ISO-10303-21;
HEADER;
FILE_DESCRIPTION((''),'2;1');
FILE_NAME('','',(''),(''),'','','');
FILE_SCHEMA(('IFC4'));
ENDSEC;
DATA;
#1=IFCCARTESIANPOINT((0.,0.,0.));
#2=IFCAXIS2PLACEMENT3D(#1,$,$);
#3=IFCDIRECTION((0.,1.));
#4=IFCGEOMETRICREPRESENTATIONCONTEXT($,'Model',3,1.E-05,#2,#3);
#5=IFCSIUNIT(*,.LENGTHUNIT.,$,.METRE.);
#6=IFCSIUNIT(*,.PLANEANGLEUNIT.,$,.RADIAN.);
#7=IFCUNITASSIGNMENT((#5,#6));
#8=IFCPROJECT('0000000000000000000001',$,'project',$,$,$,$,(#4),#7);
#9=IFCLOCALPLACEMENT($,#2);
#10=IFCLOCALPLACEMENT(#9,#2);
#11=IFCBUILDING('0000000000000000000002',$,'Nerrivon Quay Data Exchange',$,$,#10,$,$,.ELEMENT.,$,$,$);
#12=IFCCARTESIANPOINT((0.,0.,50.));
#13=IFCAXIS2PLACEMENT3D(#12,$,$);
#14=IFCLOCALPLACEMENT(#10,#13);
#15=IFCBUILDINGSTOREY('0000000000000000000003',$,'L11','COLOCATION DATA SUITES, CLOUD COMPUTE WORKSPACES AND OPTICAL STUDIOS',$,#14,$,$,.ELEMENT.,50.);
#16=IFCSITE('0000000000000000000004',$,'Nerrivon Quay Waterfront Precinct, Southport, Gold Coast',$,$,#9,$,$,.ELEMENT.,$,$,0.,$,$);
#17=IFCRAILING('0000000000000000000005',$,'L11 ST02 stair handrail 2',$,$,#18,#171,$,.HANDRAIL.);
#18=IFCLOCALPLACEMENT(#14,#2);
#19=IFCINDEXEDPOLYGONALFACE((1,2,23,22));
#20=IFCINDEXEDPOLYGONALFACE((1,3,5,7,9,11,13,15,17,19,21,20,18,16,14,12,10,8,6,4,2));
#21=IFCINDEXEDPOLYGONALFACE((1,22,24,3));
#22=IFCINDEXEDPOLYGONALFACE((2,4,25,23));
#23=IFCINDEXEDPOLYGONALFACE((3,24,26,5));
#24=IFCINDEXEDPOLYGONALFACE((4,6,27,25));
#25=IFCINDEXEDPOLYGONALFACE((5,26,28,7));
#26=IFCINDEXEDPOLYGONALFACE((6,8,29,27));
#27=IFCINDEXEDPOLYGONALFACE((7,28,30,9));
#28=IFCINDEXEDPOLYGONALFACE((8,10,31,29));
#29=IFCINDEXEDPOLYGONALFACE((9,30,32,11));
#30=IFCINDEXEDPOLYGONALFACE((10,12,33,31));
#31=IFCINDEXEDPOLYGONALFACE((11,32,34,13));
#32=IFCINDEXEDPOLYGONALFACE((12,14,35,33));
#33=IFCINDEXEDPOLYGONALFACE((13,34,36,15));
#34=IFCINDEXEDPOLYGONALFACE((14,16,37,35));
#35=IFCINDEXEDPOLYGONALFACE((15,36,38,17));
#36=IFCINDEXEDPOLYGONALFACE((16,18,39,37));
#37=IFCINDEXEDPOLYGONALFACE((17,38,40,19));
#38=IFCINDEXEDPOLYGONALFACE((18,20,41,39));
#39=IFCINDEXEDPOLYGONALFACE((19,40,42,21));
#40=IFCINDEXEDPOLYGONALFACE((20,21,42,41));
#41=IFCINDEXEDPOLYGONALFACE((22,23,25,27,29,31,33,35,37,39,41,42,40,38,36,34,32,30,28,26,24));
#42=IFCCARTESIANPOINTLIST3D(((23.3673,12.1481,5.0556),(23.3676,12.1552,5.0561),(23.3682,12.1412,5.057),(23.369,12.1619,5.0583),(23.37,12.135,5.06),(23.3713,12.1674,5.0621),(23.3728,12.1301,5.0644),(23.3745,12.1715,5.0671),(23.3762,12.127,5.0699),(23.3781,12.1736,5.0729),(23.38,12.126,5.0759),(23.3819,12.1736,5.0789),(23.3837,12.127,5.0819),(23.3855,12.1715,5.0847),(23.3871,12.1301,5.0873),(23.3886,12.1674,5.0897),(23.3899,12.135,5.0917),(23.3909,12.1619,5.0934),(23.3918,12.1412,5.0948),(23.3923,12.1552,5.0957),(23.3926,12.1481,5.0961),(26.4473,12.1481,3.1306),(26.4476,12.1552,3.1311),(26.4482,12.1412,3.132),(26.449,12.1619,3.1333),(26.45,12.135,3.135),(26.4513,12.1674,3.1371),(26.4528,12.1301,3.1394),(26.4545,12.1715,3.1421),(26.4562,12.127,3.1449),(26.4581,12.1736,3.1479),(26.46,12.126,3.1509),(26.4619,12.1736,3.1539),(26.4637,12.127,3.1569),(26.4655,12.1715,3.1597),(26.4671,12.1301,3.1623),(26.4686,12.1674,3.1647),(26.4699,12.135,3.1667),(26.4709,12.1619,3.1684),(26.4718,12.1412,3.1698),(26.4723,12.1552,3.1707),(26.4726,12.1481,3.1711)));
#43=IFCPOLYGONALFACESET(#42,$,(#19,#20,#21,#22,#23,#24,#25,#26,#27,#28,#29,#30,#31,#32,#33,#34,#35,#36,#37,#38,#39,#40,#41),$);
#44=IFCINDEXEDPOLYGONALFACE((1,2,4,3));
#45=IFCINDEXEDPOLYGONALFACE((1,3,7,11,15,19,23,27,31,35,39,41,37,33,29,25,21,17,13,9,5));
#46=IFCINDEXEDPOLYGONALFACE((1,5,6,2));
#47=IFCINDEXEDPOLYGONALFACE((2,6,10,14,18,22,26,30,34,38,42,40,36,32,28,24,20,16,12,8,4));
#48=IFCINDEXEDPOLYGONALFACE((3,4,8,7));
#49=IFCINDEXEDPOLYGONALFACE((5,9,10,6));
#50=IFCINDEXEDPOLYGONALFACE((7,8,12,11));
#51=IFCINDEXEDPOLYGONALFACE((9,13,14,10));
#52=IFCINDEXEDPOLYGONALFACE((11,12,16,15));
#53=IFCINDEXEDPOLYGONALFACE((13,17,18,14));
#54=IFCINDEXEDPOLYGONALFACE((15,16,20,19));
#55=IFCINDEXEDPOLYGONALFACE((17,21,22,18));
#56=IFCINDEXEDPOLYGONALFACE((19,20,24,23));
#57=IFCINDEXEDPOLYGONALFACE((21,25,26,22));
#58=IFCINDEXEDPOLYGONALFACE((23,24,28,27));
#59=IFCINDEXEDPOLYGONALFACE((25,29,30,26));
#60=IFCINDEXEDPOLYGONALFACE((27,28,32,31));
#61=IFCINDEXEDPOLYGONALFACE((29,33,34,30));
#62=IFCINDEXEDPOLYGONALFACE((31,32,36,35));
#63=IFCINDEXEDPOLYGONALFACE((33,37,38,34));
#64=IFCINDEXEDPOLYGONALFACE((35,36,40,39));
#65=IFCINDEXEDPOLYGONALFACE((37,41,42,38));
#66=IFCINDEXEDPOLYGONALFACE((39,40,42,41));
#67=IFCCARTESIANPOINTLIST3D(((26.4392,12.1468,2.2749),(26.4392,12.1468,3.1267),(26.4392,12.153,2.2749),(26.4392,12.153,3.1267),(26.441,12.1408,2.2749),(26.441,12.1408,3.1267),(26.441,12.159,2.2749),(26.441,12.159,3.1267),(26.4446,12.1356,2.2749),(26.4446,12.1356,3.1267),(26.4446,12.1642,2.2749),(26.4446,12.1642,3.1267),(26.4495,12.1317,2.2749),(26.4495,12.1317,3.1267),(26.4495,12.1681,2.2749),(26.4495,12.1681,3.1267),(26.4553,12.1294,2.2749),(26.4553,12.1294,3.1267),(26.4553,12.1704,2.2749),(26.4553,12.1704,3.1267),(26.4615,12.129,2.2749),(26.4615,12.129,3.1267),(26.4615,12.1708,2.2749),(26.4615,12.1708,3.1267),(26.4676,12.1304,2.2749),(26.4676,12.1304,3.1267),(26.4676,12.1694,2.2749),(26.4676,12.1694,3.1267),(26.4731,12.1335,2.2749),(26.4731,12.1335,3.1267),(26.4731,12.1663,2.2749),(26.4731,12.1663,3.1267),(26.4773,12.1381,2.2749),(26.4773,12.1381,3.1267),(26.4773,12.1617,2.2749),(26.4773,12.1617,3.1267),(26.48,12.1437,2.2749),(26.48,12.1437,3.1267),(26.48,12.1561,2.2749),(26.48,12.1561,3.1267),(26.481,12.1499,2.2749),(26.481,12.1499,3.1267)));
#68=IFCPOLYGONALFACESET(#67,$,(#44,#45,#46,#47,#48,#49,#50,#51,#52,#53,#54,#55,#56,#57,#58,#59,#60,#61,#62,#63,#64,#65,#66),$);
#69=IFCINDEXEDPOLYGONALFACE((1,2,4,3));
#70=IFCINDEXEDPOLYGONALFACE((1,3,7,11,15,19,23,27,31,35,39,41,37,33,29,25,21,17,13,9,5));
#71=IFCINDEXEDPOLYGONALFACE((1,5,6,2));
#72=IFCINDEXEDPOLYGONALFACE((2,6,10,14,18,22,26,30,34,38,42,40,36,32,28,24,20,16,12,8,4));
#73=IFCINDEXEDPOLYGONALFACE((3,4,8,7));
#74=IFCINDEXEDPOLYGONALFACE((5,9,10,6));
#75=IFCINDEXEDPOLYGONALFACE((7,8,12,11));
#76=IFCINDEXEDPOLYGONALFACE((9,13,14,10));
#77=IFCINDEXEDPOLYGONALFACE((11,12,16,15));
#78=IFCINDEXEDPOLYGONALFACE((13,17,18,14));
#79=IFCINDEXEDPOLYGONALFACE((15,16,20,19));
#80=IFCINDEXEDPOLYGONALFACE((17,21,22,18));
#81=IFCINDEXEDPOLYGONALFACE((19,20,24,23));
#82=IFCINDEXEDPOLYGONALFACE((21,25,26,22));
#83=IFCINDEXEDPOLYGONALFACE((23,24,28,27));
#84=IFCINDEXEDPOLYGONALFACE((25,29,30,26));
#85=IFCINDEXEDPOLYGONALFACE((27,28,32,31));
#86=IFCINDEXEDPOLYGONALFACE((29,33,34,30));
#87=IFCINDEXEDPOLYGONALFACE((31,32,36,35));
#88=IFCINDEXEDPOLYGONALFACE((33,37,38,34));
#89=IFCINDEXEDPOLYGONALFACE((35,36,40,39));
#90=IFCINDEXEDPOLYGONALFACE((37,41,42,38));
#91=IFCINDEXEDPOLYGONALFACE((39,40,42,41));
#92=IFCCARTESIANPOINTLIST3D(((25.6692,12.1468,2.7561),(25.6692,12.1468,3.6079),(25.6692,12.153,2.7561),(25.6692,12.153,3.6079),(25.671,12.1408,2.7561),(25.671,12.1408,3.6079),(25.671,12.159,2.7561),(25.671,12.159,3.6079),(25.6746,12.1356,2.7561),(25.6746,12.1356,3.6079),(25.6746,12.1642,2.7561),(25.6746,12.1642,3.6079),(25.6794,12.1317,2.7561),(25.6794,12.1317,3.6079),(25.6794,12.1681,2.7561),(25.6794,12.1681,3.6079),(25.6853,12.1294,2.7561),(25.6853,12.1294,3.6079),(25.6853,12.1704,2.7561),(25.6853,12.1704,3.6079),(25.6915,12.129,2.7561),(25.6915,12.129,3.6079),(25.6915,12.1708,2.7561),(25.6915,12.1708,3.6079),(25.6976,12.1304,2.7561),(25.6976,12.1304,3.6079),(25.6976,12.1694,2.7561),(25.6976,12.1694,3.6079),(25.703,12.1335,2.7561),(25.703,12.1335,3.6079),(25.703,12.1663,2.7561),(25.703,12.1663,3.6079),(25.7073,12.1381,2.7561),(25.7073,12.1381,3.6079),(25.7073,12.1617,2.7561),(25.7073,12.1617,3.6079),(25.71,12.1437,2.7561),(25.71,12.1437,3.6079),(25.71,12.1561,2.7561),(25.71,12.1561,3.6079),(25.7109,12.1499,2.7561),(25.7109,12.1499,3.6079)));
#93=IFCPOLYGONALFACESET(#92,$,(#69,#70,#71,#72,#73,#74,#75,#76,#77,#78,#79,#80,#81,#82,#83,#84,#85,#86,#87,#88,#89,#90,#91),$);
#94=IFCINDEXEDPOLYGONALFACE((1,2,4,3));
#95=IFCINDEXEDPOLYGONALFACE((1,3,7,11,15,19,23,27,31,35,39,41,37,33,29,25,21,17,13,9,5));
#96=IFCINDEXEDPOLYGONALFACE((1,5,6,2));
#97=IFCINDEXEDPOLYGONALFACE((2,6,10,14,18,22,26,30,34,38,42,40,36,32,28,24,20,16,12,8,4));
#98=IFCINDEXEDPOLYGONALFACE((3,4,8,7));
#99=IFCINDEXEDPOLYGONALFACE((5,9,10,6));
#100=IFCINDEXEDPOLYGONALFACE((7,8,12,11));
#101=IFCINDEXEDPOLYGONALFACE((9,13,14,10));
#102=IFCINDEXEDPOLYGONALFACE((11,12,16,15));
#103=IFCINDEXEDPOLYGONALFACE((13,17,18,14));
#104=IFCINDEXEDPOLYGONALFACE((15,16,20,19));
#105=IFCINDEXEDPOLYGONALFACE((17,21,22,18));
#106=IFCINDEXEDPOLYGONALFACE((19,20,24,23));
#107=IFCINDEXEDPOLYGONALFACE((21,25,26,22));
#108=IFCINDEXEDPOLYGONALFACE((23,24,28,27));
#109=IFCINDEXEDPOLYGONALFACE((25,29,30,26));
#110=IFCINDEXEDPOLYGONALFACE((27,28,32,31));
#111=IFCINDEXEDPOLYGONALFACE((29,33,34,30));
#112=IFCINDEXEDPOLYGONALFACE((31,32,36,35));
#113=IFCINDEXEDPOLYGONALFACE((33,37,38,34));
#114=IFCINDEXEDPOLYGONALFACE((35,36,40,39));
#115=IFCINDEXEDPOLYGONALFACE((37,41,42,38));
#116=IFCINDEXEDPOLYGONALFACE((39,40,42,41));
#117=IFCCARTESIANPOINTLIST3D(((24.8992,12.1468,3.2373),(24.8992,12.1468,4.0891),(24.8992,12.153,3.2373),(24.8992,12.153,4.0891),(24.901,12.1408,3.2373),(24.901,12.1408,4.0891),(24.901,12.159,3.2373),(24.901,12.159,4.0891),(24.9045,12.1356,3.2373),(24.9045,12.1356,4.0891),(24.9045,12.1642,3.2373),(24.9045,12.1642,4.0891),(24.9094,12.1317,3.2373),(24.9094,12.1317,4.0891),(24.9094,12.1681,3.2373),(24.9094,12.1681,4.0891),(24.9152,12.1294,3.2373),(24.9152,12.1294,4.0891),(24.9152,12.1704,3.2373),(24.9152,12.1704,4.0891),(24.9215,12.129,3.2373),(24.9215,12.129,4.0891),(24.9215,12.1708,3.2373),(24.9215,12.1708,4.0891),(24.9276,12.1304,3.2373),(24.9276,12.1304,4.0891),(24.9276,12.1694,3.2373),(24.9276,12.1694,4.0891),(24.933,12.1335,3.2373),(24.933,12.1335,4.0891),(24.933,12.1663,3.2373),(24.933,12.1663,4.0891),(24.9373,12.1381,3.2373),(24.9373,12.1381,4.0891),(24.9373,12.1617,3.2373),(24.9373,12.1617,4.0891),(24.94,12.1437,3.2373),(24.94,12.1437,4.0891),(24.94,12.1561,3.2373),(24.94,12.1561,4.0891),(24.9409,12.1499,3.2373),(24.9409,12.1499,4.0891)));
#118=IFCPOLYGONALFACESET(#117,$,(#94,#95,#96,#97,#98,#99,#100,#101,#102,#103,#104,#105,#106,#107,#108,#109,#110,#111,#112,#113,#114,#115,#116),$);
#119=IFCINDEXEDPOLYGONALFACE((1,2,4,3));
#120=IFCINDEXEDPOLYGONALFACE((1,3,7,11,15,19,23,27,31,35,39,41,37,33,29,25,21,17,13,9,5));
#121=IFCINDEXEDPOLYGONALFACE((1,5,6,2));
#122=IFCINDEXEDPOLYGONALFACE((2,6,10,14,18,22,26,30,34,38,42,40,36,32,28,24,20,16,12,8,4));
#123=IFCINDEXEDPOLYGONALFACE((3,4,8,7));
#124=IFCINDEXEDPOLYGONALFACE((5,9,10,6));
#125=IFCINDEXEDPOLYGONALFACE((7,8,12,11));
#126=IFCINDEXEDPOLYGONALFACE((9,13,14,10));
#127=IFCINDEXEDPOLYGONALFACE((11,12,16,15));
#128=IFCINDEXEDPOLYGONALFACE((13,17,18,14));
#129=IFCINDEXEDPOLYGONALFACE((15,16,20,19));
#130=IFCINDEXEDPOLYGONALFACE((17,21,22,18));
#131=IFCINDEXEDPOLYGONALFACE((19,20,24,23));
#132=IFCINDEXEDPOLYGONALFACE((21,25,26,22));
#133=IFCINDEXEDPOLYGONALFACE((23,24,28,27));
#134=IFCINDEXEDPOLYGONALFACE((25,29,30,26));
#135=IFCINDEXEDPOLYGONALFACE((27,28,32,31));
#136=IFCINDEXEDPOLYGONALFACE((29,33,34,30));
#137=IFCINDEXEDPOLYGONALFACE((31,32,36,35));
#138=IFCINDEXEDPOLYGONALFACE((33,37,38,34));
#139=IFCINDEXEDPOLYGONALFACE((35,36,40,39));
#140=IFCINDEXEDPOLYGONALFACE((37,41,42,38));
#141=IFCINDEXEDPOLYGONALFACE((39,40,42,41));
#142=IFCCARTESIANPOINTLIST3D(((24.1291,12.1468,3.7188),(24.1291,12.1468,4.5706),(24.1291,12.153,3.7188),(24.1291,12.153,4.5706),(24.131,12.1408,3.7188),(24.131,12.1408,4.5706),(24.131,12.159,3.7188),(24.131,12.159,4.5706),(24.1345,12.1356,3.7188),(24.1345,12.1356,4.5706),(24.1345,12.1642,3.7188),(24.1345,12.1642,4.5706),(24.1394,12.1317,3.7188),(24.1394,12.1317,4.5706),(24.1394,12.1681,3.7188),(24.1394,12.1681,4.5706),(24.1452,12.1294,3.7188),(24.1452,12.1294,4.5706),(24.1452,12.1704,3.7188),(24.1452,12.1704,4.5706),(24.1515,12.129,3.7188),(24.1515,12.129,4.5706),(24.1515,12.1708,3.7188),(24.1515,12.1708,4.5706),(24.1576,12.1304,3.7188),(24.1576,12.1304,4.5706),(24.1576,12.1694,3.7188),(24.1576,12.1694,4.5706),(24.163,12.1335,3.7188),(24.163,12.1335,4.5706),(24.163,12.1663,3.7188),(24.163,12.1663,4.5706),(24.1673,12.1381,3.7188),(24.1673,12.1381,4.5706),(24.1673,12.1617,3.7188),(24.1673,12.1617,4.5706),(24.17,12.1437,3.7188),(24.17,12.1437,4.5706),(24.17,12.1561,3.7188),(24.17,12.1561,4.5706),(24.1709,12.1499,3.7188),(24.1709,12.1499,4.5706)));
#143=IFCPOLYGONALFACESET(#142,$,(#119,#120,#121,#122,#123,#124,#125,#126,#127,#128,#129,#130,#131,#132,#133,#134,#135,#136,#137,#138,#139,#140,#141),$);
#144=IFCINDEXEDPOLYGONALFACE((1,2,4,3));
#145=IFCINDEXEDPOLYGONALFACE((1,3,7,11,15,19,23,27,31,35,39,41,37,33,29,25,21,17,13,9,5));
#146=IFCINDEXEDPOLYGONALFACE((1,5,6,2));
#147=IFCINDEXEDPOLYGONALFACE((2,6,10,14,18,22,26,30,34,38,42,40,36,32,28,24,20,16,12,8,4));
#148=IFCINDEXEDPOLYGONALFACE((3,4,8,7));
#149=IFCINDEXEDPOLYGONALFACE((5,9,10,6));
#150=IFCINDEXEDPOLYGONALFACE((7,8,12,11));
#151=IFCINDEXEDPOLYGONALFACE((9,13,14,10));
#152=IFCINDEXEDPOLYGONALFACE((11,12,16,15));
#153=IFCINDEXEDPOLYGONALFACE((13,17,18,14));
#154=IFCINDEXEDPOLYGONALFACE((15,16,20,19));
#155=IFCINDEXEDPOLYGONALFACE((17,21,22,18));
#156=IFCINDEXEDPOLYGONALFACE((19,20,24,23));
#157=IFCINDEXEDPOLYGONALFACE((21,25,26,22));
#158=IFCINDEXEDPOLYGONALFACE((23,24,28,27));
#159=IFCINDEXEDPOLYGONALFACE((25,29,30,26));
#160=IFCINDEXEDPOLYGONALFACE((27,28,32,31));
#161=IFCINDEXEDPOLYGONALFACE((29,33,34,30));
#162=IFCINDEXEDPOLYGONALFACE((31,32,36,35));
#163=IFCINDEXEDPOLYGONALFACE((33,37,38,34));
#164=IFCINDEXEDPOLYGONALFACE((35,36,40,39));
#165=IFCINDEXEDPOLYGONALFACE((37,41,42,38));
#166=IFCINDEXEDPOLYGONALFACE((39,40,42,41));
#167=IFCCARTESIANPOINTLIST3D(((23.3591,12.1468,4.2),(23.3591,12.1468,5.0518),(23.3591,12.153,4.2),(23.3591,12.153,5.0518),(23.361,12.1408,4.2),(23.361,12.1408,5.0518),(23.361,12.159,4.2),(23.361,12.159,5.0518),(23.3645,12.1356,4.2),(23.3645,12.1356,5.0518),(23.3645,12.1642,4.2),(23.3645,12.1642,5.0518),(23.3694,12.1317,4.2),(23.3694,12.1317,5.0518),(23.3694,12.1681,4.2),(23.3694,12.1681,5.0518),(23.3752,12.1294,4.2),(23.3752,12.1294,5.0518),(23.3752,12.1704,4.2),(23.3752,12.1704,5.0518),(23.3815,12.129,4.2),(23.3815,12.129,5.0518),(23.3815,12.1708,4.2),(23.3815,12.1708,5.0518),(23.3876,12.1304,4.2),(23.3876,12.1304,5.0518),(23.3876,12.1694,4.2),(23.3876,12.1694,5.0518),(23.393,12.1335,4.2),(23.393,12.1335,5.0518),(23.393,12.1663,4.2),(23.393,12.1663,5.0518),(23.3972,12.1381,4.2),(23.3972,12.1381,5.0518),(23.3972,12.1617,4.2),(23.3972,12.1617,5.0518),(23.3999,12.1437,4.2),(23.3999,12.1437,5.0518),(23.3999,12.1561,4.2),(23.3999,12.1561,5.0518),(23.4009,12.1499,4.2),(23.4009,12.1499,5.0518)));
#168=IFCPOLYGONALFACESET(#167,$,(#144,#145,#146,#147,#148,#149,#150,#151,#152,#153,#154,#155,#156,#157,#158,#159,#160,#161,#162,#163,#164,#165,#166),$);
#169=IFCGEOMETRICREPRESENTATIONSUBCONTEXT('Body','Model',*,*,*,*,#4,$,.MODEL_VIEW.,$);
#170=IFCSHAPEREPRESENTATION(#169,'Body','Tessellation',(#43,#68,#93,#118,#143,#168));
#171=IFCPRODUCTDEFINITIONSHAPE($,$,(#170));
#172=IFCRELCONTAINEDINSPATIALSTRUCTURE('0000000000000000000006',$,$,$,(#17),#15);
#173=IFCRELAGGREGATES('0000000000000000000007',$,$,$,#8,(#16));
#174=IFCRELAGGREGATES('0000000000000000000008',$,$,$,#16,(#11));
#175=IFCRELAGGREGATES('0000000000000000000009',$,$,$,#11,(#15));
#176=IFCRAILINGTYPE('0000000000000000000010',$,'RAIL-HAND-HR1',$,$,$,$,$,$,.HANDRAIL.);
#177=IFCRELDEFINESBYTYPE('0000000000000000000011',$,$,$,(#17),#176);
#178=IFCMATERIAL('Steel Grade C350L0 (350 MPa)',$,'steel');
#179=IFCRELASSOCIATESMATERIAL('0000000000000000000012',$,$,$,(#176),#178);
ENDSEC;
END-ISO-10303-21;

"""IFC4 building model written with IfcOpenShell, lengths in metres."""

from ifc_helpers import new_model, si_unit, direction, frame, origin, origin_2d, place, context, subcontext, project, spatial, circle, extrude, material, type_object, element, save


model = new_model("IFC4")

# Units and contexts
model_context = context("Model", 3, precision=1e-05, world=origin(), true_north=direction((0.0, 1.0)))
body_context = subcontext(model_context, "Body", "Model", "MODEL_VIEW")
ifc_project = project(units=[si_unit("LENGTHUNIT", "METRE"), si_unit("PLANEANGLEUNIT", "RADIAN")], contexts=[model_context])

# Site, building, storey
site_placement = place(None, origin())
site = spatial("IfcSite", under=ifc_project, at=site_placement, Name="Nerrivon Quay Waterfront Precinct, Southport, Gold Coast", CompositionType="ELEMENT", RefElevation=0.0)
building_placement = place(site_placement, origin())
building = spatial("IfcBuilding", under=site, at=building_placement, Name="Nerrivon Quay Data Exchange", CompositionType="ELEMENT")
storey_placement = place(building_placement, frame((0.0, 0.0, 50.0)))
storey = spatial("IfcBuildingStorey", under=building, at=storey_placement, Name="L11", Description="COLOCATION DATA SUITES, CLOUD COMPUTE WORKSPACES AND OPTICAL STUDIOS", CompositionType="ELEMENT", Elevation=50.0)

# Railing
ifc_material_1 = material(Name="Steel Grade C350L0 (350 MPa)", Category="steel")
railing_type_1 = type_object("IfcRailingType", Name="RAIL-HAND-HR1", PredefinedType="HANDRAIL", material=ifc_material_1)
railing_1_placement = place(storey_placement, frame((26.46, 12.1499, 2.2749)))
element("IfcRailing", 1, at=railing_1_placement, inside=storey, type_object=railing_type_1, Name="L11 ST02 stair handrail 2", PredefinedType="HANDRAIL", context=body_context, shape_type="SweptSolid", body=[
    extrude(circle(Radius=0.0239, at=origin_2d()), frame((0.0, 0.0, 0.876), z_axis=(-0.847998, 0.0, 0.529999), x_axis=(0.0, -1.0, 0.0)), (0.0, 0.0, 1.0), 3.6321),
    extrude(circle(Radius=0.021, at=origin_2d()), origin(), (0.0, 0.0, 1.0), 0.8518),
    extrude(circle(Radius=0.021, at=origin_2d()), frame((-0.77, 0.0, 0.4812)), (0.0, 0.0, 1.0), 0.8518),
    extrude(circle(Radius=0.021, at=origin_2d()), frame((-1.54, 0.0, 0.9624)), (0.0, 0.0, 1.0), 0.8518),
    extrude(circle(Radius=0.021, at=origin_2d()), frame((-2.3101, 0.0, 1.4438)), (0.0, 0.0, 1.0), 0.8518),
    extrude(circle(Radius=0.021, at=origin_2d()), frame((-3.0801, 0.0, 1.925)), (0.0, 0.0, 1.0), 0.8518),
])

save(model, "model.ifc")
